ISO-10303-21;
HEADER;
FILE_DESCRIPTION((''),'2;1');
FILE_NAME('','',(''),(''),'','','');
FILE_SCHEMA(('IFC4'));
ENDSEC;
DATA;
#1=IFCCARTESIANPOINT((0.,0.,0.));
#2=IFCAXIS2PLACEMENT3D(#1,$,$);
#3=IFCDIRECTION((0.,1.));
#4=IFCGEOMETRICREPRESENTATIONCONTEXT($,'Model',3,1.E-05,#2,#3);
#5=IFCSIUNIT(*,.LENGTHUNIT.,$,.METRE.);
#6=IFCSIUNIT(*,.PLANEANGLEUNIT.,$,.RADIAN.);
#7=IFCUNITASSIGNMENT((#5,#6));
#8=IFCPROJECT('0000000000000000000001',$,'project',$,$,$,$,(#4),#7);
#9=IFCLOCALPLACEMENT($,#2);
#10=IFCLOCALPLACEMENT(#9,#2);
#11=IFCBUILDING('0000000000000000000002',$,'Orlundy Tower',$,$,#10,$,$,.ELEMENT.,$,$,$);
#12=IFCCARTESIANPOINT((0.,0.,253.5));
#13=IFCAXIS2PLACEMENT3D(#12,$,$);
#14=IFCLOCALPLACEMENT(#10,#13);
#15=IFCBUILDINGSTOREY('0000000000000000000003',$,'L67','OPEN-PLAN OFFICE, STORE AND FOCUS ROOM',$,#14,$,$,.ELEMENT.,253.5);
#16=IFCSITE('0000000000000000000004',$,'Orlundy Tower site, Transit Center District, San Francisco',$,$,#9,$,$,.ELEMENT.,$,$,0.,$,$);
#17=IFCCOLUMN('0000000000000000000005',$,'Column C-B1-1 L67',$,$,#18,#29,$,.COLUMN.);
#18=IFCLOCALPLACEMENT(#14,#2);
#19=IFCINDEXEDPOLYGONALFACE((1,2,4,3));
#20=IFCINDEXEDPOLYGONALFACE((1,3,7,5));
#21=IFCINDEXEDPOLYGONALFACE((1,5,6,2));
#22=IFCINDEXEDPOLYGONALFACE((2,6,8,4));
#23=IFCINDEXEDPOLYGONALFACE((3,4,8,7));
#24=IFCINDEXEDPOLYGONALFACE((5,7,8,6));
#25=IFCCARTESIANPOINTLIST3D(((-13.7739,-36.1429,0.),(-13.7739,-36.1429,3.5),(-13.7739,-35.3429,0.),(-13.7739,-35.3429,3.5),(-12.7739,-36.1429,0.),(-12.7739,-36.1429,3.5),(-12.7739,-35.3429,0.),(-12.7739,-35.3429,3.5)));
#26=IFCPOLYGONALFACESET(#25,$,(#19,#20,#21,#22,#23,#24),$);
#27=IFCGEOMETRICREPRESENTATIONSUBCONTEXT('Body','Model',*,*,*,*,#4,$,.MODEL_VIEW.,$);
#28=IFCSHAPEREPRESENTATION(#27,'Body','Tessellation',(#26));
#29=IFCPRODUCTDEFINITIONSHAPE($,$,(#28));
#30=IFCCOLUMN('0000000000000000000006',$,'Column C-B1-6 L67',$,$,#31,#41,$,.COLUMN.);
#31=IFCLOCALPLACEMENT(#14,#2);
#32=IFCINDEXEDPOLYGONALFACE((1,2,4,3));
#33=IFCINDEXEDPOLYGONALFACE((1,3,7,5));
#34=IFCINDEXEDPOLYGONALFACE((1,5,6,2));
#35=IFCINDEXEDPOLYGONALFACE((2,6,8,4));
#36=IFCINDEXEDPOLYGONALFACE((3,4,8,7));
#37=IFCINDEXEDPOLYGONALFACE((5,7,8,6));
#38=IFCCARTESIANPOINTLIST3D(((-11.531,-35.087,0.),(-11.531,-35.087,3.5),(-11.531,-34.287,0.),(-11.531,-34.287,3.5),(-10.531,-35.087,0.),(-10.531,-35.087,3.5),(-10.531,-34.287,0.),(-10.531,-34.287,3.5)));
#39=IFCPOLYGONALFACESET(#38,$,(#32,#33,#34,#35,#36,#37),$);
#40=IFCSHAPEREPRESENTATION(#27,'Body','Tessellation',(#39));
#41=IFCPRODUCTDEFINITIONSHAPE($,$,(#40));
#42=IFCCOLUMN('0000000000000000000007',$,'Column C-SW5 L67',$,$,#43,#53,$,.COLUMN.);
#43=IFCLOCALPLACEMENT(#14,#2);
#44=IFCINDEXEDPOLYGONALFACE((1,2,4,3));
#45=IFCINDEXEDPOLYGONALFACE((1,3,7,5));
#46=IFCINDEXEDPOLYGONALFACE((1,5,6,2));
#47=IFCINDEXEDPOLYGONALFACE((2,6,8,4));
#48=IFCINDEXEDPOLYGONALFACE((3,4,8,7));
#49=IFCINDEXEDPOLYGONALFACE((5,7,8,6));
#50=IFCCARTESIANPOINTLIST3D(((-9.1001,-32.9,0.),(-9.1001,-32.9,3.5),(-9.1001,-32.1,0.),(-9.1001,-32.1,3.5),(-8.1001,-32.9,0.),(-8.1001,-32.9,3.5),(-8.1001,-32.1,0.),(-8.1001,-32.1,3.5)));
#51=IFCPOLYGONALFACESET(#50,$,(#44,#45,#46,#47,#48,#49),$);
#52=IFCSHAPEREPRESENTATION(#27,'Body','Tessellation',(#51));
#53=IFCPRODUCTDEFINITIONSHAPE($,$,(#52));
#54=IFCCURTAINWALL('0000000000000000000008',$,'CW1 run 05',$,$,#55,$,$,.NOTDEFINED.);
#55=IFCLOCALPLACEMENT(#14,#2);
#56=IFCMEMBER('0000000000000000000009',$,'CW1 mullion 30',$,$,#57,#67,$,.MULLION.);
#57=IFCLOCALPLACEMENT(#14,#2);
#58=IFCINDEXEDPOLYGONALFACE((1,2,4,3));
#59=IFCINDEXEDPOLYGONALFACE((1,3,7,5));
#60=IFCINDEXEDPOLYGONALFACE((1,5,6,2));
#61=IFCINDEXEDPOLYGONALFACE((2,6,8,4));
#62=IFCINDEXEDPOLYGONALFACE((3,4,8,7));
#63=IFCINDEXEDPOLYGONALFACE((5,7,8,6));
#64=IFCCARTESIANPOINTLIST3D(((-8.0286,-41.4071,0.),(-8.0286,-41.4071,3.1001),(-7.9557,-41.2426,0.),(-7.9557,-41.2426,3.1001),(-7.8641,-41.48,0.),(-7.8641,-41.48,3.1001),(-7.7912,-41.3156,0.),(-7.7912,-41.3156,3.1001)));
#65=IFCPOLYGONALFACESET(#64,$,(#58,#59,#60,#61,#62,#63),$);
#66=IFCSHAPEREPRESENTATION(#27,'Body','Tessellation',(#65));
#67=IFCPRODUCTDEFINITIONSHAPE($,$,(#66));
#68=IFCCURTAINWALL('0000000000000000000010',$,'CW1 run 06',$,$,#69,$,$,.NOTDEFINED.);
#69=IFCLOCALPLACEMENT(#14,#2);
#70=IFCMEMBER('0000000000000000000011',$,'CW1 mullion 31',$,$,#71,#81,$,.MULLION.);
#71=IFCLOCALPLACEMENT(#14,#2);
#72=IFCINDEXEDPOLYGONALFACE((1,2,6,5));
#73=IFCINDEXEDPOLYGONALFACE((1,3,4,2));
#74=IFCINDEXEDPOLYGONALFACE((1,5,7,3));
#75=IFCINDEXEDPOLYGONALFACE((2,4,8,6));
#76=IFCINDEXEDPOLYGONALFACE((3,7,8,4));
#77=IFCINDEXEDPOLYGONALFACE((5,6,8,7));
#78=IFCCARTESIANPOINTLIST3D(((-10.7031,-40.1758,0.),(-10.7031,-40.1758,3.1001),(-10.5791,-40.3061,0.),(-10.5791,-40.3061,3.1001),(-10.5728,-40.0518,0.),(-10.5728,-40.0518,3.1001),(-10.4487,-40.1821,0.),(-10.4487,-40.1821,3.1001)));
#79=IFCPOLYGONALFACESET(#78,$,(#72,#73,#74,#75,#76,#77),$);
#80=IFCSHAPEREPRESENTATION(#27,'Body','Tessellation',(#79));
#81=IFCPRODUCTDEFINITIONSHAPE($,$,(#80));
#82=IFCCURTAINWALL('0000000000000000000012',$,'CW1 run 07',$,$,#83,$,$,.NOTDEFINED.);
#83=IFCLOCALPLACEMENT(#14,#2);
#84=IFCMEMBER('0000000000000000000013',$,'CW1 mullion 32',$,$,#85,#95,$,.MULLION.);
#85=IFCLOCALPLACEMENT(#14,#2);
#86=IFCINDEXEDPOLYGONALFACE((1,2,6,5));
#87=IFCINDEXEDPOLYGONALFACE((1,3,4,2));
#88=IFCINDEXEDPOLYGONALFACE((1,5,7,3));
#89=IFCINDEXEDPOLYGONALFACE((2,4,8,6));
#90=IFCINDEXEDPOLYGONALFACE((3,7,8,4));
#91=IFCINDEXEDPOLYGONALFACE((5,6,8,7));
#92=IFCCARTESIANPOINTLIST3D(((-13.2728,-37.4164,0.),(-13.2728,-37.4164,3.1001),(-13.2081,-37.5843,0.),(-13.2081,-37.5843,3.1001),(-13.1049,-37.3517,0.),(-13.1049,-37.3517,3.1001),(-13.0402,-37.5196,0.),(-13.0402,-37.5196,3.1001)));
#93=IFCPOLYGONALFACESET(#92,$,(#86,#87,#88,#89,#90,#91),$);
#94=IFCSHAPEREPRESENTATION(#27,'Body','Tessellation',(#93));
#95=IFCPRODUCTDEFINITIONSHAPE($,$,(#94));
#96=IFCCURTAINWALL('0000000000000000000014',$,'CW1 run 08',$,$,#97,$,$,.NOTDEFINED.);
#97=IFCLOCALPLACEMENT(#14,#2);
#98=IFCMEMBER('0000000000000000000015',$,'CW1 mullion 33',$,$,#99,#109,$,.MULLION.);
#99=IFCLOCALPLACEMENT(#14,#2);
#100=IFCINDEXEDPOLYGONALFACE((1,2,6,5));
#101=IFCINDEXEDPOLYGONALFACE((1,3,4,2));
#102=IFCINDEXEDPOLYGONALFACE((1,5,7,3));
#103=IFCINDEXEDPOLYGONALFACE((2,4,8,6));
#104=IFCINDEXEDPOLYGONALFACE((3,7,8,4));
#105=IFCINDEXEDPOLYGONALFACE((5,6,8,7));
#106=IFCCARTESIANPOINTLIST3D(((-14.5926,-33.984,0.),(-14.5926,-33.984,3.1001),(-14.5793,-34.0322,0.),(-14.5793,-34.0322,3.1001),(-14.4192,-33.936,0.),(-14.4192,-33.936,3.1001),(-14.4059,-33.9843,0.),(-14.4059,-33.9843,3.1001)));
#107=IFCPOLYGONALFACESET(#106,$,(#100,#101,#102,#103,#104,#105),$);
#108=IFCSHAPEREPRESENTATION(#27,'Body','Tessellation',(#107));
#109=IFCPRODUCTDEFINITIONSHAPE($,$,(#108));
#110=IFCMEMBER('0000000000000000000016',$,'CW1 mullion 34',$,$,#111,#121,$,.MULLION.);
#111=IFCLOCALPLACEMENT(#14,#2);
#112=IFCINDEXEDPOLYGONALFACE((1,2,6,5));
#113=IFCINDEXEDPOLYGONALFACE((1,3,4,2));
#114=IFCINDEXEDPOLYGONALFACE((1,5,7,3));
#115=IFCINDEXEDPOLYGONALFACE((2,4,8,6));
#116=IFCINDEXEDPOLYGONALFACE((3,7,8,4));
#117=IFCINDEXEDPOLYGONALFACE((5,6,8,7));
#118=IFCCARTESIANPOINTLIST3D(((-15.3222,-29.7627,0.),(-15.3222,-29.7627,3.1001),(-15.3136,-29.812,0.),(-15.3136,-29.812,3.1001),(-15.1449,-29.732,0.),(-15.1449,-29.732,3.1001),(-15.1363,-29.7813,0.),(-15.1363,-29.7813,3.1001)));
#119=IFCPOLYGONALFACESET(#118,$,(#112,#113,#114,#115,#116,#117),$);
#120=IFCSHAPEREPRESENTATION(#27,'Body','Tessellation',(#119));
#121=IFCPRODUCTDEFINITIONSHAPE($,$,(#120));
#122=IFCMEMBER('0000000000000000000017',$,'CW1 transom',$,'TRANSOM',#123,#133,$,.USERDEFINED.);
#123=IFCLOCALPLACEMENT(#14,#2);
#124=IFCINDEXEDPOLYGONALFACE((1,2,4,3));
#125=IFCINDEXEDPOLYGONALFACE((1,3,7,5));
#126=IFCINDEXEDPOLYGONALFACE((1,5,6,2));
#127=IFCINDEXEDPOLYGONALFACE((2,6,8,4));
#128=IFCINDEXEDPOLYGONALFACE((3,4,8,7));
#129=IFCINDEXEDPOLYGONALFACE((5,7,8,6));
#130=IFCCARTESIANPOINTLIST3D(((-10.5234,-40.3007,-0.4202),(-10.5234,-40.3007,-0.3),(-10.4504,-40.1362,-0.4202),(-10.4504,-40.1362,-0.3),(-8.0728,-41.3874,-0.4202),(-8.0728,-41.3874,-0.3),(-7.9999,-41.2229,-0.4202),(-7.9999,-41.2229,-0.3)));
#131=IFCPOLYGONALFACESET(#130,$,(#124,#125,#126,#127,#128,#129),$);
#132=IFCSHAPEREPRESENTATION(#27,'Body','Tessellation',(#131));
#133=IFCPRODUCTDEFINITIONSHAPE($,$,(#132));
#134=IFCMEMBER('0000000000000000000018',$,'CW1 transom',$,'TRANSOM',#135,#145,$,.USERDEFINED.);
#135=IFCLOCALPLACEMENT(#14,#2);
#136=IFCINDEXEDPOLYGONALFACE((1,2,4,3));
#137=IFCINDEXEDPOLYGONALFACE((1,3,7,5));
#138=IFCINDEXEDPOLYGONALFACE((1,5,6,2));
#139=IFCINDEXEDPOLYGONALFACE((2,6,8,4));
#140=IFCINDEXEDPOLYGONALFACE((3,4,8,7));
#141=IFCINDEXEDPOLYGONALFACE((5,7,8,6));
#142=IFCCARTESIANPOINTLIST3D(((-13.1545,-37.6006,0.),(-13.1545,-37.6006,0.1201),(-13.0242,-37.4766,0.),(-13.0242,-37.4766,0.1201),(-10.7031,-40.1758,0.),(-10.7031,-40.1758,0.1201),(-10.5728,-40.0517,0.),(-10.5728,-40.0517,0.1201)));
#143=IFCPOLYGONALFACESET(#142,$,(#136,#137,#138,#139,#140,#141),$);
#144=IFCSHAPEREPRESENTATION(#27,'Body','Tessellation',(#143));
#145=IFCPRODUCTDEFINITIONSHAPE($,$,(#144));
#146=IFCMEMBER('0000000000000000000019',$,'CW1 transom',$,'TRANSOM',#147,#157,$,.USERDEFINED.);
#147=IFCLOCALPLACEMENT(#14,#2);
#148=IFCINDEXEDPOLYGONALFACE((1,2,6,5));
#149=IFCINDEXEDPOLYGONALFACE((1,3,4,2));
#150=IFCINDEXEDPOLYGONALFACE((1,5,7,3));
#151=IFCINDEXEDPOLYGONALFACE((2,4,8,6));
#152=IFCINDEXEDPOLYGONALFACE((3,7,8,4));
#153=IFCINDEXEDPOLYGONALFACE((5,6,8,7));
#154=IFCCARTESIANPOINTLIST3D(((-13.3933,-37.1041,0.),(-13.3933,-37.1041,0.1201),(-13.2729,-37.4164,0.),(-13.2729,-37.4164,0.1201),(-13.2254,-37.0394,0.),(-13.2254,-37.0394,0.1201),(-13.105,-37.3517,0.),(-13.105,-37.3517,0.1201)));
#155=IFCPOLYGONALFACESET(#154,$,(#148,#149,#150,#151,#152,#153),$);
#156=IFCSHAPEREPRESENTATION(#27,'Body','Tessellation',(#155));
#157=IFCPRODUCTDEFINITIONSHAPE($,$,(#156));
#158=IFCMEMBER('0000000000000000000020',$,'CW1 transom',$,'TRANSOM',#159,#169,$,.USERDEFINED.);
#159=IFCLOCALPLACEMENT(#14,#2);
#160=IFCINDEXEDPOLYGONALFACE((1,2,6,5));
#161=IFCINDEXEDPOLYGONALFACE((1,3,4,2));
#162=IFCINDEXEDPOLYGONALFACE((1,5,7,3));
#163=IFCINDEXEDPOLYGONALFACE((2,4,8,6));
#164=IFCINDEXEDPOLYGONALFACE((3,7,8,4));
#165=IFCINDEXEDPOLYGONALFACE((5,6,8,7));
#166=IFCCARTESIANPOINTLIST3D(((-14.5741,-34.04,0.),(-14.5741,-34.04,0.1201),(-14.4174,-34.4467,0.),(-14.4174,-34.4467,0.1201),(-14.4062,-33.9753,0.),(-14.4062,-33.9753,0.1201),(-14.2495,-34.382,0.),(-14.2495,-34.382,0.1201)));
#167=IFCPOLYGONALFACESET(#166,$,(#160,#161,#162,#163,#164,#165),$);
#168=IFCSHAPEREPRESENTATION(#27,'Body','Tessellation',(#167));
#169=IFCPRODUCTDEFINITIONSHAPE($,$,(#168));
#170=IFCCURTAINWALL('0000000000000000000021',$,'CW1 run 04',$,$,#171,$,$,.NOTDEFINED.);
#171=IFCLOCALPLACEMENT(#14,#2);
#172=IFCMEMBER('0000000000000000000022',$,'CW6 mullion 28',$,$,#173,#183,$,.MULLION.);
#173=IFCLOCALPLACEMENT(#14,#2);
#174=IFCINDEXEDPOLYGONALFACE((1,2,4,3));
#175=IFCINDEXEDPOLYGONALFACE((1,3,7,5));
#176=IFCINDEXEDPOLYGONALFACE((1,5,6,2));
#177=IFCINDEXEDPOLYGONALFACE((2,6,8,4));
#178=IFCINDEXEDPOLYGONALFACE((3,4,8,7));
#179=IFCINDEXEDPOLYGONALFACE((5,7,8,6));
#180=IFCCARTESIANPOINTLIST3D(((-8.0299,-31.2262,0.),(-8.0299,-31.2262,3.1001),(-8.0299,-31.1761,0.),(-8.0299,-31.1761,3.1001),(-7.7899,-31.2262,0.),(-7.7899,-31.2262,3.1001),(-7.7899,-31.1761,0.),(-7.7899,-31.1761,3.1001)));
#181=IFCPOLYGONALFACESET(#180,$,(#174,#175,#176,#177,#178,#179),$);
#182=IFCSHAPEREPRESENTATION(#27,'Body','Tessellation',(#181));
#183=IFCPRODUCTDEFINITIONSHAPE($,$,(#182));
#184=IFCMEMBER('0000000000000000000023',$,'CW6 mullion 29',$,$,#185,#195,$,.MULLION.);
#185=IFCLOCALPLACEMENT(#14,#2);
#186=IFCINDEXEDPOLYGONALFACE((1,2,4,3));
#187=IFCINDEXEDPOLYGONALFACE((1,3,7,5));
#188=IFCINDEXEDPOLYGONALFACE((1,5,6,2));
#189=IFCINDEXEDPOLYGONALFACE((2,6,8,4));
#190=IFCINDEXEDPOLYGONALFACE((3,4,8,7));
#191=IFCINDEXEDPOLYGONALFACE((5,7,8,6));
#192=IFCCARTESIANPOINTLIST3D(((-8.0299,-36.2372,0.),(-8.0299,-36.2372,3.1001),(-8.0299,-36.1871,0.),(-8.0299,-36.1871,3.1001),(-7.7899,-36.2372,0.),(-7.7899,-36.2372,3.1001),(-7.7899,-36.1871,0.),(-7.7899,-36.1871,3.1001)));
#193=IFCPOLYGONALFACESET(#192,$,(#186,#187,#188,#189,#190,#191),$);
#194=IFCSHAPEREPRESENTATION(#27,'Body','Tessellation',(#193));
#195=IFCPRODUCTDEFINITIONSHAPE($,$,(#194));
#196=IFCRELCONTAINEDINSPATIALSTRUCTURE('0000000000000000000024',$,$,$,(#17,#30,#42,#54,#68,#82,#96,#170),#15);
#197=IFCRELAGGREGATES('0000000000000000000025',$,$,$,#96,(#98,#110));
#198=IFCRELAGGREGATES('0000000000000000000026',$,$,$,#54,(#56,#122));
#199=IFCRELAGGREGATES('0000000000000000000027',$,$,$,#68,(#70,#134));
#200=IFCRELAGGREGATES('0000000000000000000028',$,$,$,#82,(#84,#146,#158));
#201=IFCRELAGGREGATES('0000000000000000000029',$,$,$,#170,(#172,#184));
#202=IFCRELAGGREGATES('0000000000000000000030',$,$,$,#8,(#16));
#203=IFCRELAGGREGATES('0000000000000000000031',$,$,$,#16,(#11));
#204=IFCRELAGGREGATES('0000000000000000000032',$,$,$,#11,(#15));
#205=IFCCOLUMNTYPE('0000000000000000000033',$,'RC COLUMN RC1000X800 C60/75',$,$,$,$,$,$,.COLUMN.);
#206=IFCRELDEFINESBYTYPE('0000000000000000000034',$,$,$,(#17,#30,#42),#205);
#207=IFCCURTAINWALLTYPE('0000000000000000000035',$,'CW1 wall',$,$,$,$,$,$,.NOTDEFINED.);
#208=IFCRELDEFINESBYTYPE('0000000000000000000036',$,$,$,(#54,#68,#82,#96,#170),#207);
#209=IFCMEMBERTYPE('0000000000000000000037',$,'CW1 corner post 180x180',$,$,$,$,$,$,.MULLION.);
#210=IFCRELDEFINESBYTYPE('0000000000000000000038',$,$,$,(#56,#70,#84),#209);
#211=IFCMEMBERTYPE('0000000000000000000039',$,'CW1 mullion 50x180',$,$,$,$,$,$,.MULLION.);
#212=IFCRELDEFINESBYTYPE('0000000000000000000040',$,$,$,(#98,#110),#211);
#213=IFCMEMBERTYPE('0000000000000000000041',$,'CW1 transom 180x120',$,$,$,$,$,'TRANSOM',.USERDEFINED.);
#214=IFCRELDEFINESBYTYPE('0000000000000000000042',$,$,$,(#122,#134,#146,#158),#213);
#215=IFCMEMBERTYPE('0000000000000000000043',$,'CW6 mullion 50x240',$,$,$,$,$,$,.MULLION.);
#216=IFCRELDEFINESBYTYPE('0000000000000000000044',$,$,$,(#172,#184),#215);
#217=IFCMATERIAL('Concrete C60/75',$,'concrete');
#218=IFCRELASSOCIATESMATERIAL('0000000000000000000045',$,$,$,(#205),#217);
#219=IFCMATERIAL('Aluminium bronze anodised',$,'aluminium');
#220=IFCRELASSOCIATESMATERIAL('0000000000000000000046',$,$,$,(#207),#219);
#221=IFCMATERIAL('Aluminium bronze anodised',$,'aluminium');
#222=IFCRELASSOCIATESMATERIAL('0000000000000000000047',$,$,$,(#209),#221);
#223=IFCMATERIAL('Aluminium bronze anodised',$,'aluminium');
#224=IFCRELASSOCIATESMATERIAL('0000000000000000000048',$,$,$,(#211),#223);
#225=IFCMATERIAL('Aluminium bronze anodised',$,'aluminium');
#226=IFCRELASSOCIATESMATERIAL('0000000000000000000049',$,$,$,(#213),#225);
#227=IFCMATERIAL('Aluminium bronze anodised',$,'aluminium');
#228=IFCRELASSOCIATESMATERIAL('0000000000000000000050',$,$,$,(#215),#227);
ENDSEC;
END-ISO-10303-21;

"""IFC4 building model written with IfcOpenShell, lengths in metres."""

from ifc_helpers import new_model, si_unit, direction, frame, origin, origin_2d, place, context, subcontext, project, spatial, rectangle, extrude, material, material_profile, profile_set, type_object, element, aggregate, save


model = new_model("IFC4")

# Units and contexts
model_context = context("Model", 3, precision=1e-05, world=origin(), true_north=direction((0.0, 1.0)))
body_context = subcontext(model_context, "Body", "Model", "MODEL_VIEW")
ifc_project = project(units=[si_unit("LENGTHUNIT", "METRE"), si_unit("PLANEANGLEUNIT", "RADIAN")], contexts=[model_context])

# Site, building, storey
site_placement = place(None, origin())
site = spatial("IfcSite", under=ifc_project, at=site_placement, Name="Orlundy Tower site, Transit Center District, San Francisco", CompositionType="ELEMENT", RefElevation=0.0)
building_placement = place(site_placement, origin())
building = spatial("IfcBuilding", under=site, at=building_placement, Name="Orlundy Tower", CompositionType="ELEMENT")
storey_placement = place(building_placement, frame((0.0, 0.0, 253.5)))
storey = spatial("IfcBuildingStorey", under=building, at=storey_placement, Name="L67", Description="OPEN-PLAN OFFICE, STORE AND FOCUS ROOM", CompositionType="ELEMENT", Elevation=253.5)

# Columns
ifc_material_1 = material(Name="Concrete C60/75", Category="concrete")
ifc_material_profile_1 = material_profile(ifc_material_1, rectangle(XDim=1.0, YDim=0.8, at=origin_2d()), Name="RC1000X800")
ifc_profile_set_1 = profile_set([ifc_material_profile_1], Name="Concrete C60/75")
column_type = type_object("IfcColumnType", Name="RC COLUMN RC1000X800 C60/75", PredefinedType="COLUMN", material=ifc_profile_set_1)
for number, where, z_axis, x_axis, name in (
    (1, (-13.2739, -35.7429, 0.0), (0.0, 0.0, 1.0), (1.0, 0.0, 0.0), "Column C-B1-1 L67"),
    (2, (-11.031, -34.687, 0.0), (0.0, 0.0, 1.0), (1.0, 0.0, 0.0), "Column C-B1-6 L67"),
    (3, (-8.6001, -32.5, 0.0), (0.0, 0.0, 1.0), (1.0, 0.0, 0.0), "Column C-SW5 L67"),
):
    element("IfcColumn", number, at=place(storey_placement, frame(where, z_axis=z_axis, x_axis=x_axis)), inside=storey, type_object=column_type, Name=name, PredefinedType="COLUMN", context=body_context, shape_type="SweptSolid", body=[
        extrude(rectangle(XDim=1.0, YDim=0.8, at=origin_2d()), origin(), (0.0, 0.0, 1.0), 3.5),
    ])

# Curtain walls, members
ifc_material_2 = material(Name="Aluminium bronze anodised", Category="aluminium")
curtain_wall_type = type_object("IfcCurtainWallType", Name="CW1 wall", PredefinedType="NOTDEFINED", material=ifc_material_2)
curtain_wall_1_placement = place(storey_placement, origin())
curtain_wall_1 = element("IfcCurtainWall", 4, at=curtain_wall_1_placement, inside=storey, type_object=curtain_wall_type, Name="CW1 run 05", PredefinedType="NOTDEFINED")
ifc_material_3 = material(Name="Aluminium bronze anodised", Category="aluminium")
ifc_material_profile_2 = material_profile(ifc_material_3, rectangle(XDim=0.1799, YDim=0.1799, at=origin_2d()), Name="CW1 corner post 180x180")
ifc_profile_set_2 = profile_set([ifc_material_profile_2], Name="Aluminium bronze anodised")
member_type_1 = type_object("IfcMemberType", Name="CW1 corner post 180x180", PredefinedType="MULLION", material=ifc_profile_set_2)
member_1_placement = place(storey_placement, frame((-7.9099, -41.3613, 0.0), z_axis=(0.0, 0.0, 1.0), x_axis=(-0.405432, -0.914125, 0.0)))
member_1 = element("IfcMember", 5, at=member_1_placement, type_object=member_type_1, Name="CW1 mullion 30", PredefinedType="MULLION", context=body_context, shape_type="SweptSolid", body=[
    extrude(rectangle(XDim=0.1799, YDim=0.1799, at=origin_2d()), origin(), (0.0, 0.0, 1.0), 3.1001),
])
curtain_wall_2_placement = place(storey_placement, origin())
curtain_wall_2 = element("IfcCurtainWall", 6, at=curtain_wall_2_placement, inside=storey, type_object=curtain_wall_type, Name="CW1 run 06", PredefinedType="NOTDEFINED")
member_2_placement = place(storey_placement, frame((-10.5759, -40.179, 0.0), z_axis=(0.0, 0.0, 1.0), x_axis=(-0.724292, -0.689493, 0.0)))
member_2 = element("IfcMember", 7, at=member_2_placement, type_object=member_type_1, Name="CW1 mullion 31", PredefinedType="MULLION", context=body_context, shape_type="SweptSolid", body=[
    extrude(rectangle(XDim=0.1799, YDim=0.1799, at=origin_2d()), origin(), (0.0, 0.0, 1.0), 3.1001),
])
curtain_wall_3_placement = place(storey_placement, origin())
curtain_wall_3 = element("IfcCurtainWall", 8, at=curtain_wall_3_placement, inside=storey, type_object=curtain_wall_type, Name="CW1 run 07", PredefinedType="NOTDEFINED")
member_3_placement = place(storey_placement, frame((-13.1565, -37.468, 0.0), z_axis=(0.0, 0.0, 1.0), x_axis=(-0.933109, -0.359594, 0.0)))
member_3 = element("IfcMember", 9, at=member_3_placement, type_object=member_type_1, Name="CW1 mullion 32", PredefinedType="MULLION", context=body_context, shape_type="SweptSolid", body=[
    extrude(rectangle(XDim=0.1799, YDim=0.1799, at=origin_2d()), origin(), (0.0, 0.0, 1.0), 3.1001),
])

# Curtain wall, members
curtain_wall_4_placement = place(storey_placement, origin())
curtain_wall_4 = element("IfcCurtainWall", 10, at=curtain_wall_4_placement, inside=storey, type_object=curtain_wall_type, Name="CW1 run 08", PredefinedType="NOTDEFINED")
ifc_material_4 = material(Name="Aluminium bronze anodised", Category="aluminium")
ifc_material_profile_3 = material_profile(ifc_material_4, rectangle(XDim=0.1799, YDim=0.05, at=origin_2d()), Name="CW1 mullion 50x180")
ifc_profile_set_3 = profile_set([ifc_material_profile_3], Name="Aluminium bronze anodised")
member_type_2 = type_object("IfcMemberType", Name="CW1 mullion 50x180", PredefinedType="MULLION", material=ifc_profile_set_3)
member_4_placement = place(storey_placement, frame((-14.4993, -33.9841, 0.0), z_axis=(0.0, 0.0, 1.0), x_axis=(-0.963846, -0.26646, 0.0)))
member_4 = element("IfcMember", 11, at=member_4_placement, type_object=member_type_2, Name="CW1 mullion 33", PredefinedType="MULLION", context=body_context, shape_type="SweptSolid", body=[
    extrude(rectangle(XDim=0.1799, YDim=0.05, at=origin_2d()), origin(), (0.0, 0.0, 1.0), 3.1001),
])
member_5_placement = place(storey_placement, frame((-15.2292, -29.772, 0.0), z_axis=(0.0, 0.0, 1.0), x_axis=(-0.985312, -0.170762, 0.0)))
member_5 = element("IfcMember", 12, at=member_5_placement, type_object=member_type_2, Name="CW1 mullion 34", PredefinedType="MULLION", context=body_context, shape_type="SweptSolid", body=[
    extrude(rectangle(XDim=0.1799, YDim=0.05, at=origin_2d()), origin(), (0.0, 0.0, 1.0), 3.1001),
])
aggregate(curtain_wall_4, [member_4, member_5])

# Members
ifc_material_5 = material(Name="Aluminium bronze anodised", Category="aluminium")
ifc_material_profile_4 = material_profile(ifc_material_5, rectangle(XDim=0.1799, YDim=0.1201, at=origin_2d()), Name="CW1 transom 180x120")
ifc_profile_set_4 = profile_set([ifc_material_profile_4], Name="Aluminium bronze anodised")
member_type_3 = type_object("IfcMemberType", Name="CW1 transom 180x120", ElementType="TRANSOM", PredefinedType="USERDEFINED", material=ifc_profile_set_4)
member_6_placement = place(storey_placement, frame((-8.0364, -41.3052, -0.3601), z_axis=(-0.914146, 0.405386, 0.0), x_axis=(-0.405386, -0.914146, 0.0)))
member_6 = element("IfcMember", 13, at=member_6_placement, type_object=member_type_3, Name="CW1 transom", ObjectType="TRANSOM", PredefinedType="USERDEFINED", context=body_context, shape_type="SweptSolid", body=[
    extrude(rectangle(XDim=0.1799, YDim=0.1201, at=origin_2d()), origin(), (0.0, 0.0, 1.0), 2.6807),
])
member_7_placement = place(storey_placement, frame((-10.6379, -40.1138, 0.0601), z_axis=(-0.689485, 0.7243, 0.0), x_axis=(-0.7243, -0.689485, 0.0)))
member_7 = element("IfcMember", 14, at=member_7_placement, type_object=member_type_3, Name="CW1 transom", ObjectType="TRANSOM", PredefinedType="USERDEFINED", context=body_context, shape_type="SweptSolid", body=[
    extrude(rectangle(XDim=0.1799, YDim=0.1201, at=origin_2d()), origin(), (0.0, 0.0, 1.0), 3.5554),
])
member_8_placement = place(storey_placement, frame((-13.189, -37.384, 0.0601), z_axis=(-0.359663, 0.933082, 0.0), x_axis=(-0.933082, -0.359663, 0.0)))
member_8 = element("IfcMember", 15, at=member_8_placement, type_object=member_type_3, Name="CW1 transom", ObjectType="TRANSOM", PredefinedType="USERDEFINED", context=body_context, shape_type="SweptSolid", body=[
    extrude(rectangle(XDim=0.1799, YDim=0.1201, at=origin_2d()), origin(), (0.0, 0.0, 1.0), 0.3347),
])
member_9_placement = place(storey_placement, frame((-14.3335, -34.4143, 0.0601), z_axis=(-0.35958, 0.933114, 0.0), x_axis=(-0.933114, -0.35958, 0.0)))
member_9 = element("IfcMember", 16, at=member_9_placement, type_object=member_type_3, Name="CW1 transom", ObjectType="TRANSOM", PredefinedType="USERDEFINED", context=body_context, shape_type="SweptSolid", body=[
    extrude(rectangle(XDim=0.1799, YDim=0.1201, at=origin_2d()), origin(), (0.0, 0.0, 1.0), 0.4358),
])

# Curtain wall, members
curtain_wall_5_placement = place(storey_placement, origin())
curtain_wall_5 = element("IfcCurtainWall", 17, at=curtain_wall_5_placement, inside=storey, type_object=curtain_wall_type, Name="CW1 run 04", PredefinedType="NOTDEFINED")
ifc_material_6 = material(Name="Aluminium bronze anodised", Category="aluminium")
ifc_material_profile_5 = material_profile(ifc_material_6, rectangle(XDim=0.24, YDim=0.05, at=origin_2d()), Name="CW6 mullion 50x240")
ifc_profile_set_5 = profile_set([ifc_material_profile_5], Name="Aluminium bronze anodised")
member_type_4 = type_object("IfcMemberType", Name="CW6 mullion 50x240", PredefinedType="MULLION", material=ifc_profile_set_5)
member_10_placement = place(storey_placement, frame((-7.9099, -31.2012, 0.0), z_axis=(0.0, 0.0, 1.0), x_axis=(1.0, 0.0, 0.0)))
member_10 = element("IfcMember", 18, at=member_10_placement, type_object=member_type_4, Name="CW6 mullion 28", PredefinedType="MULLION", context=body_context, shape_type="SweptSolid", body=[
    extrude(rectangle(XDim=0.24, YDim=0.05, at=origin_2d()), origin(), (0.0, 0.0, 1.0), 3.1001),
])
member_11_placement = place(storey_placement, frame((-7.9099, -36.2122, 0.0), z_axis=(0.0, 0.0, 1.0), x_axis=(1.0, 0.0, 0.0)))
member_11 = element("IfcMember", 19, at=member_11_placement, type_object=member_type_4, Name="CW6 mullion 29", PredefinedType="MULLION", context=body_context, shape_type="SweptSolid", body=[
    extrude(rectangle(XDim=0.24, YDim=0.05, at=origin_2d()), origin(), (0.0, 0.0, 1.0), 3.1001),
])

aggregate(curtain_wall_1, [member_1, member_6])
aggregate(curtain_wall_2, [member_2, member_7])
aggregate(curtain_wall_3, [member_3, member_8, member_9])
aggregate(curtain_wall_5, [member_10, member_11])

save(model, "model.ifc")
